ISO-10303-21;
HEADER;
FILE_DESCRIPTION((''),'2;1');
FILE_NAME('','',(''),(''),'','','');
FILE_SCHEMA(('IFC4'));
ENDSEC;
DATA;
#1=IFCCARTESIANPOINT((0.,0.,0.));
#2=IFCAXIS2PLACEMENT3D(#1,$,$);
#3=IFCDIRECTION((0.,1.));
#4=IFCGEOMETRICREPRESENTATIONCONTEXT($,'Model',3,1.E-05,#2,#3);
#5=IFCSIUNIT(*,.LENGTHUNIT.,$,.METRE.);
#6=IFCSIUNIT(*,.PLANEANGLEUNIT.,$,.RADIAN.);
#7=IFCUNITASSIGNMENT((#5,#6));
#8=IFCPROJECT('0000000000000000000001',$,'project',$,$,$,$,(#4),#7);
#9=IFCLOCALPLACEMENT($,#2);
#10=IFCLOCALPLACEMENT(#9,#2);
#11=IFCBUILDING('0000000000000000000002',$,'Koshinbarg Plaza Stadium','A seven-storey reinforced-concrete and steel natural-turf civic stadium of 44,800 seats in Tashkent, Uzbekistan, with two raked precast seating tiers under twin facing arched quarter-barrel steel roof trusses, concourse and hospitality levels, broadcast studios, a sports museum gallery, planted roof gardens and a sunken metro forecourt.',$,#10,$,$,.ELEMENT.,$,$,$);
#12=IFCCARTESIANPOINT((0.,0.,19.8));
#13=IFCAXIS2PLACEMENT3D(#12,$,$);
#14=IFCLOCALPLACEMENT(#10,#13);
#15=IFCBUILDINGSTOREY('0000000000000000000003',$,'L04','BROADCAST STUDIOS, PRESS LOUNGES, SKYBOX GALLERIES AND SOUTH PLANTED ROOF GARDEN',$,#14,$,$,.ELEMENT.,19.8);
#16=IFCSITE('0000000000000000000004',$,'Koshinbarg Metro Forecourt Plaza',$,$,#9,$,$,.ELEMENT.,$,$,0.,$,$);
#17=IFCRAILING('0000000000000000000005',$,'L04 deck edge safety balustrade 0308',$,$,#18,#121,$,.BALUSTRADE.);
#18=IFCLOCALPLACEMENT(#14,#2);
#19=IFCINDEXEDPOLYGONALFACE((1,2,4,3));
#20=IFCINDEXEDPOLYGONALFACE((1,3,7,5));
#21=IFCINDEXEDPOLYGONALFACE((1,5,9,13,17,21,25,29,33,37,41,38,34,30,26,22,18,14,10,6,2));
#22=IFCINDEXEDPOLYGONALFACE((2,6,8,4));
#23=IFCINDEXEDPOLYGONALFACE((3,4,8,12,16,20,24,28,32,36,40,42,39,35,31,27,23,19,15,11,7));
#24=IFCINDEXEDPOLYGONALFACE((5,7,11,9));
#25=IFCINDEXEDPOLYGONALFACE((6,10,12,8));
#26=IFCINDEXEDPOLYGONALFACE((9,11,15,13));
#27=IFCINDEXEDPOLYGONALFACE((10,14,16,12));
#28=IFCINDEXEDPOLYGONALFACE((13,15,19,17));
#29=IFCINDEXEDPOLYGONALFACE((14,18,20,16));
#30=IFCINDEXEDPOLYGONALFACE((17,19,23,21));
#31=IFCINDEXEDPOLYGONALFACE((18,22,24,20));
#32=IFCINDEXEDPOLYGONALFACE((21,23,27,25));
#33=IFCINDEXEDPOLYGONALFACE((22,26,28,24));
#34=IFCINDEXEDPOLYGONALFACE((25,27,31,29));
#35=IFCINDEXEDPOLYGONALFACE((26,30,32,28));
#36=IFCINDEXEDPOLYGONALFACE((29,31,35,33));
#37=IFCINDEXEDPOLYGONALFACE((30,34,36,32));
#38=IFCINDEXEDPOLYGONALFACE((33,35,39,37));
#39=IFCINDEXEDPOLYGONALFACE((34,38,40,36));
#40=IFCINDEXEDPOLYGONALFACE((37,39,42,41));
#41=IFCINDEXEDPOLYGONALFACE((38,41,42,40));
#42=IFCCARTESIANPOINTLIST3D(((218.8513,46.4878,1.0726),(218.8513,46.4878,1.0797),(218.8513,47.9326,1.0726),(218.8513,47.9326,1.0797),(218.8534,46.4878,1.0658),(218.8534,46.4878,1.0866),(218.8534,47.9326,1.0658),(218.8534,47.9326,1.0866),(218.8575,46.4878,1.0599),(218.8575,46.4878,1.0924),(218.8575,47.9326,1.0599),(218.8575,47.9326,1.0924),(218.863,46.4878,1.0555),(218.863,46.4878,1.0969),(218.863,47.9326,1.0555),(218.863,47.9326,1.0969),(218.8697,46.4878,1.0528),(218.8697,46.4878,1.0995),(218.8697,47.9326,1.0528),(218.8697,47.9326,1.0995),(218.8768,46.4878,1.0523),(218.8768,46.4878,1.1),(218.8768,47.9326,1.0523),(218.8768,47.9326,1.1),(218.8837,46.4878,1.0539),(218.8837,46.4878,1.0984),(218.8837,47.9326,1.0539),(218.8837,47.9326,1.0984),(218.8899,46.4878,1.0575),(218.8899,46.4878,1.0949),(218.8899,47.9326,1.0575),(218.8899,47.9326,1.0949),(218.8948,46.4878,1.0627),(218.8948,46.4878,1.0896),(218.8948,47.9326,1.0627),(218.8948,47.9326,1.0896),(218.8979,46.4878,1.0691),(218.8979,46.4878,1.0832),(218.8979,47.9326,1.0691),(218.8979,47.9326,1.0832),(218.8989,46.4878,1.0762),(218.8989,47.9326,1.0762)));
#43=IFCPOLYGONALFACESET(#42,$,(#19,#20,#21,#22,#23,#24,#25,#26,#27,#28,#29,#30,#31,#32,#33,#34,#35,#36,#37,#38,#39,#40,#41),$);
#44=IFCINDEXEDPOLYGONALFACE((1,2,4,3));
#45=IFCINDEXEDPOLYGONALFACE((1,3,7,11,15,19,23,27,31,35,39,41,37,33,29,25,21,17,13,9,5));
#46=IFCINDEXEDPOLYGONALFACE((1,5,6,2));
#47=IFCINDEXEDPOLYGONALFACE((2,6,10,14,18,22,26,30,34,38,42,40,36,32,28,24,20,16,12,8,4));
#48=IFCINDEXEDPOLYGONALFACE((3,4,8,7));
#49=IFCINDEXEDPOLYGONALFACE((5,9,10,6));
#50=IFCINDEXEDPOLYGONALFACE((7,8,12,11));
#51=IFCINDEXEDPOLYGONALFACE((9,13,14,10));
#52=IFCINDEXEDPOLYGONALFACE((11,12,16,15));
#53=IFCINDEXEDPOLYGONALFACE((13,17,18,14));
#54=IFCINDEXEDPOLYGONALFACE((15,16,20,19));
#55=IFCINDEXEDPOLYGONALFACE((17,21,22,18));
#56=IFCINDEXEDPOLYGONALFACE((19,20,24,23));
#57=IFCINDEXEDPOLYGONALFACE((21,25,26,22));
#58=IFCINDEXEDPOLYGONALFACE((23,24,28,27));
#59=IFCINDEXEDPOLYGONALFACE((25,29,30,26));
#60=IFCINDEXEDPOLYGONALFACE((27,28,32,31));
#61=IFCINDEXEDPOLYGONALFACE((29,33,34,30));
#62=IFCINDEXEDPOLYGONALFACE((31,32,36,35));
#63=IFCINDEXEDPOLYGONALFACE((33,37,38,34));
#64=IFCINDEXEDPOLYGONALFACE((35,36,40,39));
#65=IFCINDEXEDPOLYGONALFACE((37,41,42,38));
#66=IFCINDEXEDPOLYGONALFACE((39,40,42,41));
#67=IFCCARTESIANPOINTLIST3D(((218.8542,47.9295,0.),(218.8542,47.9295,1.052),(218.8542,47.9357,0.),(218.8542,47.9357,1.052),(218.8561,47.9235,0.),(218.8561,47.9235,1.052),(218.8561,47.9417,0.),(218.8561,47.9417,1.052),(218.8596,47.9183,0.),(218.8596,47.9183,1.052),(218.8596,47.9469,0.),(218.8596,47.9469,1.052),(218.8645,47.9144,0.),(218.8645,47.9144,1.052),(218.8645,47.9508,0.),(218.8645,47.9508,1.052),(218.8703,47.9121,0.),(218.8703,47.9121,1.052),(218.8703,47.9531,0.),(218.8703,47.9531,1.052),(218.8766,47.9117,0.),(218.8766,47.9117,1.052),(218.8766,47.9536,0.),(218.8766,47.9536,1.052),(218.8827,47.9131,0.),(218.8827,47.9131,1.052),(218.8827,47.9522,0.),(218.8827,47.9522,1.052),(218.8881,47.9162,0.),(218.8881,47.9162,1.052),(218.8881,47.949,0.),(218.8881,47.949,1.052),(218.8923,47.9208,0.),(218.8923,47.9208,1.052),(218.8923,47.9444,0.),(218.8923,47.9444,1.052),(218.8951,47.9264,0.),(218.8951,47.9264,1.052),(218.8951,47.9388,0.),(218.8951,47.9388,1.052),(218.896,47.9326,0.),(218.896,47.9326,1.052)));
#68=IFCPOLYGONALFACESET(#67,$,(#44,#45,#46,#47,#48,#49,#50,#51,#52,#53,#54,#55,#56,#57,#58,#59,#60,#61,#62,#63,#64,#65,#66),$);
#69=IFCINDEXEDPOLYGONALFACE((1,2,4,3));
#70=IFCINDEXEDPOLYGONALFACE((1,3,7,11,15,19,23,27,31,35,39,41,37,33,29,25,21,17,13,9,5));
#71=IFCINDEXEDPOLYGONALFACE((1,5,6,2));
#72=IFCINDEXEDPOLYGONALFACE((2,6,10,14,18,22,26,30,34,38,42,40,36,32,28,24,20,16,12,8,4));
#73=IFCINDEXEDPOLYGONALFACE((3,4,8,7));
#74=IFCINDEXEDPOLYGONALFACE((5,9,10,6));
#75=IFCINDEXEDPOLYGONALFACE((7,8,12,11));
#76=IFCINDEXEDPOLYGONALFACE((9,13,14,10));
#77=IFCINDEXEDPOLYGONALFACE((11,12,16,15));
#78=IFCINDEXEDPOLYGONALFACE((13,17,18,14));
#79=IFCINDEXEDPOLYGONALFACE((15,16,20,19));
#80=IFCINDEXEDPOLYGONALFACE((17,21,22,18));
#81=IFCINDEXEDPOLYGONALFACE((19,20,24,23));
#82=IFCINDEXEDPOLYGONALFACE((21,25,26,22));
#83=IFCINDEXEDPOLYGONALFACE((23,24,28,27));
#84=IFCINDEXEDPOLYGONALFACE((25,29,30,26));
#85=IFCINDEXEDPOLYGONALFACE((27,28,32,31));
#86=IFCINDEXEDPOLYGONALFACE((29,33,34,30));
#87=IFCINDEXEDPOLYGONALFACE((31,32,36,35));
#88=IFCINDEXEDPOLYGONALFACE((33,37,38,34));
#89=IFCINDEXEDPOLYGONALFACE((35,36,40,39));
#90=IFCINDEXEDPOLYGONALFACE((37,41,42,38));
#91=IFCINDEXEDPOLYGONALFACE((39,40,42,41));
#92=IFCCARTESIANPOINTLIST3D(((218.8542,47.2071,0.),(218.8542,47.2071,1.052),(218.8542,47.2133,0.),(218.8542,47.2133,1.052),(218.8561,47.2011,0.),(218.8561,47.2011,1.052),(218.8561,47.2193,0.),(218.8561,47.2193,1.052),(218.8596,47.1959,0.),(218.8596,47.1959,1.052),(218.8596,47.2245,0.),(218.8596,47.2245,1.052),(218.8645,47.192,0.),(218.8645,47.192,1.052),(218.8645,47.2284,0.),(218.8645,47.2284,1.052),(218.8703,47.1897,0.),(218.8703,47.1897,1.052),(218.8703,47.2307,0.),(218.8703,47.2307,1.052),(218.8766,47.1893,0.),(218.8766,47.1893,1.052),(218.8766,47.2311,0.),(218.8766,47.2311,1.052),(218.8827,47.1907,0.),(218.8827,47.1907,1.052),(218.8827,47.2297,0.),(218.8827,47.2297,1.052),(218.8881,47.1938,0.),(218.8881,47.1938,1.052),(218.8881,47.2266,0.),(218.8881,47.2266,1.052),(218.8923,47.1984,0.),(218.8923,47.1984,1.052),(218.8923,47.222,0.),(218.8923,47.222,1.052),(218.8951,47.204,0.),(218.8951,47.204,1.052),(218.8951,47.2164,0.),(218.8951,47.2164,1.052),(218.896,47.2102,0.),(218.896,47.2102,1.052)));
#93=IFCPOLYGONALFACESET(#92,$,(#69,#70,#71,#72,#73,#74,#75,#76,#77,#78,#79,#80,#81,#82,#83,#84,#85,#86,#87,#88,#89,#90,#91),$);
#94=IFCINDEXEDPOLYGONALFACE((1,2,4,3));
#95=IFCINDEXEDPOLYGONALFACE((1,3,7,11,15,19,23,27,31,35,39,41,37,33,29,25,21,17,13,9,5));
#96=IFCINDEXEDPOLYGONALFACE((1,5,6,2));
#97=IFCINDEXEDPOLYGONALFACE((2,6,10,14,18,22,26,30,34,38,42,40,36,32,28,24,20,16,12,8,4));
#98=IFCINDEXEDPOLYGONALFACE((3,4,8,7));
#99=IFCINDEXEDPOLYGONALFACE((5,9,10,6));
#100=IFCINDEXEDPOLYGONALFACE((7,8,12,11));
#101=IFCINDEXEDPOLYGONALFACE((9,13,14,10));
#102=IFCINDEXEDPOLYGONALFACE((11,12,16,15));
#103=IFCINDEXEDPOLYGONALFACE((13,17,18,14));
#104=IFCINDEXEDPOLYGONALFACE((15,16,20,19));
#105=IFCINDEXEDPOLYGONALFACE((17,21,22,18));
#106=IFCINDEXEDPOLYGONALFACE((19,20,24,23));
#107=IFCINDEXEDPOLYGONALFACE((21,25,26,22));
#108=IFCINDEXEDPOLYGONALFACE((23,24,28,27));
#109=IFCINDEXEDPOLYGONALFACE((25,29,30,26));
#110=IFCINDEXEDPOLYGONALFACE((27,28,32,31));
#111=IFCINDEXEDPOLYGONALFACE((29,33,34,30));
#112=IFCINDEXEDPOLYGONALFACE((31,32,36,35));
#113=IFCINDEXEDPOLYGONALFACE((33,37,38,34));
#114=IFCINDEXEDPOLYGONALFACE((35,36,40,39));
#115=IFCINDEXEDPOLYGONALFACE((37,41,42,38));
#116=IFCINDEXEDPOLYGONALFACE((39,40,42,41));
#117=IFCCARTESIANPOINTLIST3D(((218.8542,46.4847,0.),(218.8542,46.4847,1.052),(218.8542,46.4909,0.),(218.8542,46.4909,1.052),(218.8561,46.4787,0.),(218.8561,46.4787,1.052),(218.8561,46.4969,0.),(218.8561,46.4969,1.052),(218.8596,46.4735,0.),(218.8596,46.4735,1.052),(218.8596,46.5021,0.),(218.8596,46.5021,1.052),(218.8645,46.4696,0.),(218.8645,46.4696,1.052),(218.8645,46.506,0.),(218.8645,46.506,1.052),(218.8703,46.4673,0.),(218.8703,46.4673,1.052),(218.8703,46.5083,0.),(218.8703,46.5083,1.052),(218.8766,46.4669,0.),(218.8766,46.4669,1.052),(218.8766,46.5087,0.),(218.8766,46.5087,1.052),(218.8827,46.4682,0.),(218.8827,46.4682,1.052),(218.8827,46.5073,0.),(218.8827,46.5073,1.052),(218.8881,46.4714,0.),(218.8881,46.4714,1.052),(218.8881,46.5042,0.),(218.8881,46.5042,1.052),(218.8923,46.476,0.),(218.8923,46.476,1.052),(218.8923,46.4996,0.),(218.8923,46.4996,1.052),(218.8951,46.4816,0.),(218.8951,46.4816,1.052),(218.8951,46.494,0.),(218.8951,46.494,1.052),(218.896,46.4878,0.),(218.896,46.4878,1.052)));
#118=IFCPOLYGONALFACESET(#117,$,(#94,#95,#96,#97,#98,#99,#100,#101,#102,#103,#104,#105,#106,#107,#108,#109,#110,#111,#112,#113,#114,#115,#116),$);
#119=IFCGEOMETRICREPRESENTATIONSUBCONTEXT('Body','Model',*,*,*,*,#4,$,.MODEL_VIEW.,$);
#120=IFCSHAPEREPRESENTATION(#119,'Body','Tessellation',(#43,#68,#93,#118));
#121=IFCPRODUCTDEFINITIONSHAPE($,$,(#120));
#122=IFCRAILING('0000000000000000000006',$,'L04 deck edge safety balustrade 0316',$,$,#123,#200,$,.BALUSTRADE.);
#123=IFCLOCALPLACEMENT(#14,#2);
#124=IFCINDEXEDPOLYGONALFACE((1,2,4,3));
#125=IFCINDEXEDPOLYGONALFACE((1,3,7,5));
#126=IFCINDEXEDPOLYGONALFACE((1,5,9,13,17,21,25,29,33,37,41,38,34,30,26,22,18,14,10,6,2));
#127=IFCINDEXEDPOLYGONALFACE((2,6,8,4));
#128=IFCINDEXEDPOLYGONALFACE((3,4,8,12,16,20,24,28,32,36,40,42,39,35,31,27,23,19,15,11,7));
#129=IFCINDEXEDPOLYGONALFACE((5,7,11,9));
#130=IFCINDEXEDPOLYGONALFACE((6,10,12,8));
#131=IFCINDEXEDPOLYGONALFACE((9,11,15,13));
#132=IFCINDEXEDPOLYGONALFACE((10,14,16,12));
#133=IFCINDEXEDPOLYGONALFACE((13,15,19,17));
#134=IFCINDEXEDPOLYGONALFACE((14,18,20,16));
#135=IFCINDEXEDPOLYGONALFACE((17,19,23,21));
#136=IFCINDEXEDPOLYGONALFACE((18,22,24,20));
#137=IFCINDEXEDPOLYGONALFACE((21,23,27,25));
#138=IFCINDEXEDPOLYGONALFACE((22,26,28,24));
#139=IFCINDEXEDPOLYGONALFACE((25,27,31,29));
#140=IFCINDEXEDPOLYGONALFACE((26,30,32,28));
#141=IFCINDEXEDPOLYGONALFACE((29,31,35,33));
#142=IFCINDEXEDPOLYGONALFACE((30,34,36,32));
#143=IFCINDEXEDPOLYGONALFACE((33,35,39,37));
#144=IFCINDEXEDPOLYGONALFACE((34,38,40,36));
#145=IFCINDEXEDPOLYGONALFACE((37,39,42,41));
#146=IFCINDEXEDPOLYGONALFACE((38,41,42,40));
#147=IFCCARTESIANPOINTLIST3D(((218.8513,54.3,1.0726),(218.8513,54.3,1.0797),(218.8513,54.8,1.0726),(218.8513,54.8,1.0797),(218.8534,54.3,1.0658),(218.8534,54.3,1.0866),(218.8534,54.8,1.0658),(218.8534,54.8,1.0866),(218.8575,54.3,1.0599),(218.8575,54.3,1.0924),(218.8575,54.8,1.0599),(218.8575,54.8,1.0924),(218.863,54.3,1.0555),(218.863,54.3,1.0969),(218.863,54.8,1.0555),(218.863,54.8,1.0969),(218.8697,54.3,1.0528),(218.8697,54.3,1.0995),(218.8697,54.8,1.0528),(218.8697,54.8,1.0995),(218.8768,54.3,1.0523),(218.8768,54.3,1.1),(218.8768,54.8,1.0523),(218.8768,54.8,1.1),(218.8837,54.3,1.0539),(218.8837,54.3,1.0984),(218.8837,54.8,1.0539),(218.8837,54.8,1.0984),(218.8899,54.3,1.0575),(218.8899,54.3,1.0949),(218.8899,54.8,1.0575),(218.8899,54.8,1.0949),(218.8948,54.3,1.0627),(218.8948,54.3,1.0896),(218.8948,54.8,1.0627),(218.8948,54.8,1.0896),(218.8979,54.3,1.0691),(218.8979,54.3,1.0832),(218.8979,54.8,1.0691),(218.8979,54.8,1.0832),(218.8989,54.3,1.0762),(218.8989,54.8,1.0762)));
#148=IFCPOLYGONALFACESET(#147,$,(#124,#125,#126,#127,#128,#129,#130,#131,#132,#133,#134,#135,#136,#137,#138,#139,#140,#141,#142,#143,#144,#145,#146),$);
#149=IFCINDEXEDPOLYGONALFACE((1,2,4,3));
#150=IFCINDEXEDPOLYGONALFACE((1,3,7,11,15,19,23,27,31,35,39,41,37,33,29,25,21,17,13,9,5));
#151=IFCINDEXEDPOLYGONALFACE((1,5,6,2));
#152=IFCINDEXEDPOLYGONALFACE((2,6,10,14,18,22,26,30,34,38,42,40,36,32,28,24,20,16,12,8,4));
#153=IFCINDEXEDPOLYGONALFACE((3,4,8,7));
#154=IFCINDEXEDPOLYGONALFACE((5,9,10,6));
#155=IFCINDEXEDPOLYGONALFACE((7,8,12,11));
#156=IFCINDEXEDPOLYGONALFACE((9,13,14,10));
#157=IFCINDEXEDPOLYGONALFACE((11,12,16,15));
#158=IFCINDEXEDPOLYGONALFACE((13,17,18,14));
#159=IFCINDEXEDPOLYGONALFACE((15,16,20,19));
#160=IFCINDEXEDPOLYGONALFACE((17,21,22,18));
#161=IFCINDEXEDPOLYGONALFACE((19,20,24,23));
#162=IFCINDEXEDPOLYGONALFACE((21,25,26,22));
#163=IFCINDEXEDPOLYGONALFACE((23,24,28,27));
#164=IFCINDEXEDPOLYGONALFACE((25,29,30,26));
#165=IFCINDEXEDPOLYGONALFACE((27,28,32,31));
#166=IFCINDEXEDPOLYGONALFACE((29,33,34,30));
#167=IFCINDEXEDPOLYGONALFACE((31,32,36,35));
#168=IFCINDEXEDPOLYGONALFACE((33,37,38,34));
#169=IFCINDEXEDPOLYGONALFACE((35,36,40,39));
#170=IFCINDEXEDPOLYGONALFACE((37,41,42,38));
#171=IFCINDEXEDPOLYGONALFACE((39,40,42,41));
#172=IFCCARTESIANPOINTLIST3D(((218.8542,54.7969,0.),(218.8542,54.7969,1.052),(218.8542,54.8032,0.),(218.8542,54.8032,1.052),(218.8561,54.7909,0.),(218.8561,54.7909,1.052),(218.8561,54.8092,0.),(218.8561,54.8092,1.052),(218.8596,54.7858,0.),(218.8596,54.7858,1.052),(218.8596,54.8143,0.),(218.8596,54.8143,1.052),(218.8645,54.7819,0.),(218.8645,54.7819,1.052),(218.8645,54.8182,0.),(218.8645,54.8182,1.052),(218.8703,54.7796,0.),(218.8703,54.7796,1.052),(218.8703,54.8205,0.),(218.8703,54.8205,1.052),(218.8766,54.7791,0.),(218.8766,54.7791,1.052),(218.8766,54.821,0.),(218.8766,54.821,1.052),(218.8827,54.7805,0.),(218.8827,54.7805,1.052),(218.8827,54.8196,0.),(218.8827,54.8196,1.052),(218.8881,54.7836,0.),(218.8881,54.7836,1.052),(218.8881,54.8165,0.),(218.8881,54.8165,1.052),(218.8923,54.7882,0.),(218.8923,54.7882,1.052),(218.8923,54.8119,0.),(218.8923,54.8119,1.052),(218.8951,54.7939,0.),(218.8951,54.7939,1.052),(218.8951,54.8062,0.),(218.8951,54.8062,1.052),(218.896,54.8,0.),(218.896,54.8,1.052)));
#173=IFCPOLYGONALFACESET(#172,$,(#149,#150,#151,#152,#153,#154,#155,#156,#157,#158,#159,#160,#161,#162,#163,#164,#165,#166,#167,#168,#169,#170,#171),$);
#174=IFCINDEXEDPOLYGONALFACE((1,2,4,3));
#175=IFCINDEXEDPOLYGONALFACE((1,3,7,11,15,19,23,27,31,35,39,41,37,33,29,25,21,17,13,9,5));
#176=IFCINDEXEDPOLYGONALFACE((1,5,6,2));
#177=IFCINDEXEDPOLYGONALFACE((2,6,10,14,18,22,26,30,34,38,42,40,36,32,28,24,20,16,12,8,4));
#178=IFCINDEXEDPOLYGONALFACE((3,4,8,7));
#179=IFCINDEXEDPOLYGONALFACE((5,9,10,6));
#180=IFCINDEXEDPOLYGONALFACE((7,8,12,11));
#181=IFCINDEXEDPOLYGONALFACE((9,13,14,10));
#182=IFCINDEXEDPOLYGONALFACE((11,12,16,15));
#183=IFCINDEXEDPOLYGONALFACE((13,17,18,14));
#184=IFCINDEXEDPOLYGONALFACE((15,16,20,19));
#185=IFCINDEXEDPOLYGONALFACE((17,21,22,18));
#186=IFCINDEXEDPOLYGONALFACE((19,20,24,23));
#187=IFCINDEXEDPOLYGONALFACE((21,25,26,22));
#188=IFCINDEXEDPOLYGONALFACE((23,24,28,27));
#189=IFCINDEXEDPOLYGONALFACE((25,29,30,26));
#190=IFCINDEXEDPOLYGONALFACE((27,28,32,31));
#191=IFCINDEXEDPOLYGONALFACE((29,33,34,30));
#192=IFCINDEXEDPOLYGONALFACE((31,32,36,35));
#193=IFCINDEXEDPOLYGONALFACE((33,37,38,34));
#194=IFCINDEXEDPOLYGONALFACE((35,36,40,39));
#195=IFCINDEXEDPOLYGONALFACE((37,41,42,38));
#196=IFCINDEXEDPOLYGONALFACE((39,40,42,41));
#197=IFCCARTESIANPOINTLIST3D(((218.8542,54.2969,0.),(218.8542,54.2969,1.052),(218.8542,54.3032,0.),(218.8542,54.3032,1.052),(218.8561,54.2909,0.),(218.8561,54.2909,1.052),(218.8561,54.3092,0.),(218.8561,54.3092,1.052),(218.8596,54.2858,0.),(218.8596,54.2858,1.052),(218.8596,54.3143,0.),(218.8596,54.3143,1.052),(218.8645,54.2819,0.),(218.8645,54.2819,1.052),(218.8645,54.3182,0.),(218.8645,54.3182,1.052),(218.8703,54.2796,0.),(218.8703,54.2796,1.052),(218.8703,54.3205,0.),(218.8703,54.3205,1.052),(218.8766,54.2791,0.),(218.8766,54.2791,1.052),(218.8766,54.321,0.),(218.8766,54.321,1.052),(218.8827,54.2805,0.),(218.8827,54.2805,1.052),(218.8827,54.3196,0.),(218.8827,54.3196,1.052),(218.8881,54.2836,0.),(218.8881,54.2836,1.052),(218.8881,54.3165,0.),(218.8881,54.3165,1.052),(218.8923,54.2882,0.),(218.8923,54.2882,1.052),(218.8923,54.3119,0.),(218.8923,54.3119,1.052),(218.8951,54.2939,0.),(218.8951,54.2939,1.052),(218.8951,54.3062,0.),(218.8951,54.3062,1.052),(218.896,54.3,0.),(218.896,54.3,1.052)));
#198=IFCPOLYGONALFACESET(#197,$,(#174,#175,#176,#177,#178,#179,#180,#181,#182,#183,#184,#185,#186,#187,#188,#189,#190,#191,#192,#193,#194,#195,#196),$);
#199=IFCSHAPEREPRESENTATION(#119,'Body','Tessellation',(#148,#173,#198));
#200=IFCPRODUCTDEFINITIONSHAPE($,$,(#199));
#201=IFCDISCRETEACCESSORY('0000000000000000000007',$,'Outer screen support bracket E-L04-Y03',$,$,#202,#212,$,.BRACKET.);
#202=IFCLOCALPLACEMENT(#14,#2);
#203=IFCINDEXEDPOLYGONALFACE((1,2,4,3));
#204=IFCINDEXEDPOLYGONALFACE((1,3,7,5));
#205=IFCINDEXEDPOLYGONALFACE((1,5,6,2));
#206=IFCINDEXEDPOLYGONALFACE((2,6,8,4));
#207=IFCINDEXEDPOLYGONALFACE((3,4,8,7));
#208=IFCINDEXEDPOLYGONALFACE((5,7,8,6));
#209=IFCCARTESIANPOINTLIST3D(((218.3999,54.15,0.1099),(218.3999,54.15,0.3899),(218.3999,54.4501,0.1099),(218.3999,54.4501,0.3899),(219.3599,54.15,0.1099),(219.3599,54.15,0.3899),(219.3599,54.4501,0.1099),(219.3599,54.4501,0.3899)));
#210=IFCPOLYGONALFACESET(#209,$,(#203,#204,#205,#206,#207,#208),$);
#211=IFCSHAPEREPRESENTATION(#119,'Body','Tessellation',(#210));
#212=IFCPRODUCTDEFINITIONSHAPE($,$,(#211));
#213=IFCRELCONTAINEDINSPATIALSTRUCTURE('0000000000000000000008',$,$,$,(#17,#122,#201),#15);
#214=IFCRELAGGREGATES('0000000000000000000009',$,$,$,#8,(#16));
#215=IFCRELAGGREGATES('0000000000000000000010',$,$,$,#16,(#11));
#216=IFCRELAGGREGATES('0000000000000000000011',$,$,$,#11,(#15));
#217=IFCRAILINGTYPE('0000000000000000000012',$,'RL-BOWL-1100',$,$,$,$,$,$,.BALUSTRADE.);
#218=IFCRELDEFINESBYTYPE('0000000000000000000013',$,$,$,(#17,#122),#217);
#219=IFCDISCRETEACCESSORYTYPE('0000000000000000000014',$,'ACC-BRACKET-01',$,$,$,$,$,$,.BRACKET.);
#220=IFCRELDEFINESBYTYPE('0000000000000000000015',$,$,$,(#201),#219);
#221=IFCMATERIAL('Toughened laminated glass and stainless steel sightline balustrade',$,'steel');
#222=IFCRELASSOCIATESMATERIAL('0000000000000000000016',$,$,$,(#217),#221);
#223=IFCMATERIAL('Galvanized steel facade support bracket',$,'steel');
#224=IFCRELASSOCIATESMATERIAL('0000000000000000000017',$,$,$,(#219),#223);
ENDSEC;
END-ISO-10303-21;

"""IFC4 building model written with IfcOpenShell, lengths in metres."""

from ifc_helpers import new_model, si_unit, direction, frame, origin, origin_2d, place, context, subcontext, project, spatial, rectangle, circle, extrude, material, type_object, element, save


model = new_model("IFC4")

# Units and contexts
model_context = context("Model", 3, precision=1e-05, world=origin(), true_north=direction((0.0, 1.0)))
body_context = subcontext(model_context, "Body", "Model", "MODEL_VIEW")
ifc_project = project(units=[si_unit("LENGTHUNIT", "METRE"), si_unit("PLANEANGLEUNIT", "RADIAN")], contexts=[model_context])

# Site, building, storey
site_placement = place(None, origin())
site = spatial("IfcSite", under=ifc_project, at=site_placement, Name="Koshinbarg Metro Forecourt Plaza", CompositionType="ELEMENT", RefElevation=0.0)
building_placement = place(site_placement, origin())
building = spatial("IfcBuilding", under=site, at=building_placement, Name="Koshinbarg Plaza Stadium", Description="A seven-storey reinforced-concrete and steel natural-turf civic stadium of 44,800 seats in Tashkent, Uzbekistan, with two raked precast seating tiers under twin facing arched quarter-barrel steel roof trusses, concourse and hospitality levels, broadcast studios, a sports museum gallery, planted roof gardens and a sunken metro forecourt.", CompositionType="ELEMENT")
storey_placement = place(building_placement, frame((0.0, 0.0, 19.8)))
storey = spatial("IfcBuildingStorey", under=building, at=storey_placement, Name="L04", Description="BROADCAST STUDIOS, PRESS LOUNGES, SKYBOX GALLERIES AND SOUTH PLANTED ROOF GARDEN", CompositionType="ELEMENT", Elevation=19.8)

# Railings
ifc_material_1 = material(Name="Toughened laminated glass and stainless steel sightline balustrade", Category="steel")
railing_type = type_object("IfcRailingType", Name="RL-BOWL-1100", PredefinedType="BALUSTRADE", material=ifc_material_1)
railing_1_placement = place(storey_placement, frame((218.875, 47.9326, 0.0)))
element("IfcRailing", 1, at=railing_1_placement, inside=storey, type_object=railing_type, Name="L04 deck edge safety balustrade 0308", PredefinedType="BALUSTRADE", context=body_context, shape_type="SweptSolid", body=[
    extrude(circle(Radius=0.0239, at=origin_2d()), frame((0.0, 0.0, 1.0762), z_axis=(0.0, -1.0, 0.0), x_axis=(1.0, 0.0, 0.0)), (0.0, 0.0, 1.0), 1.4448),
    extrude(circle(Radius=0.021, at=origin_2d()), origin(), (0.0, 0.0, 1.0), 1.052),
    extrude(circle(Radius=0.021, at=origin_2d()), frame((0.0, -0.7224, 0.0)), (0.0, 0.0, 1.0), 1.052),
    extrude(circle(Radius=0.021, at=origin_2d()), frame((0.0, -1.4448, 0.0)), (0.0, 0.0, 1.0), 1.052),
])
railing_2_placement = place(storey_placement, frame((218.875, 54.8, 0.0)))
element("IfcRailing", 2, at=railing_2_placement, inside=storey, type_object=railing_type, Name="L04 deck edge safety balustrade 0316", PredefinedType="BALUSTRADE", context=body_context, shape_type="SweptSolid", body=[
    extrude(circle(Radius=0.0239, at=origin_2d()), frame((0.0, 0.0, 1.0762), z_axis=(0.0, -1.0, 0.0), x_axis=(1.0, 0.0, 0.0)), (0.0, 0.0, 1.0), 0.5),
    extrude(circle(Radius=0.021, at=origin_2d()), origin(), (0.0, 0.0, 1.0), 1.052),
    extrude(circle(Radius=0.021, at=origin_2d()), frame((0.0, -0.5, 0.0)), (0.0, 0.0, 1.0), 1.052),
])

# Discrete accessory
ifc_material_2 = material(Name="Galvanized steel facade support bracket", Category="steel")
discrete_accessory_type = type_object("IfcDiscreteAccessoryType", Name="ACC-BRACKET-01", PredefinedType="BRACKET", material=ifc_material_2)
for number, where, z_axis, x_axis, name in (
    (3, (218.8799, 54.3, 0.1099), (0.0, 0.0, 1.0), (1.0, 0.0, 0.0), "Outer screen support bracket E-L04-Y03"),
):
    element("IfcDiscreteAccessory", number, at=place(storey_placement, frame(where, z_axis=z_axis, x_axis=x_axis)), inside=storey, type_object=discrete_accessory_type, Name=name, PredefinedType="BRACKET", context=body_context, shape_type="SweptSolid", body=[
        extrude(rectangle(XDim=0.96, YDim=0.3, at=origin_2d()), origin(), (0.0, 0.0, 1.0), 0.28),
    ])

save(model, "model.ifc")
